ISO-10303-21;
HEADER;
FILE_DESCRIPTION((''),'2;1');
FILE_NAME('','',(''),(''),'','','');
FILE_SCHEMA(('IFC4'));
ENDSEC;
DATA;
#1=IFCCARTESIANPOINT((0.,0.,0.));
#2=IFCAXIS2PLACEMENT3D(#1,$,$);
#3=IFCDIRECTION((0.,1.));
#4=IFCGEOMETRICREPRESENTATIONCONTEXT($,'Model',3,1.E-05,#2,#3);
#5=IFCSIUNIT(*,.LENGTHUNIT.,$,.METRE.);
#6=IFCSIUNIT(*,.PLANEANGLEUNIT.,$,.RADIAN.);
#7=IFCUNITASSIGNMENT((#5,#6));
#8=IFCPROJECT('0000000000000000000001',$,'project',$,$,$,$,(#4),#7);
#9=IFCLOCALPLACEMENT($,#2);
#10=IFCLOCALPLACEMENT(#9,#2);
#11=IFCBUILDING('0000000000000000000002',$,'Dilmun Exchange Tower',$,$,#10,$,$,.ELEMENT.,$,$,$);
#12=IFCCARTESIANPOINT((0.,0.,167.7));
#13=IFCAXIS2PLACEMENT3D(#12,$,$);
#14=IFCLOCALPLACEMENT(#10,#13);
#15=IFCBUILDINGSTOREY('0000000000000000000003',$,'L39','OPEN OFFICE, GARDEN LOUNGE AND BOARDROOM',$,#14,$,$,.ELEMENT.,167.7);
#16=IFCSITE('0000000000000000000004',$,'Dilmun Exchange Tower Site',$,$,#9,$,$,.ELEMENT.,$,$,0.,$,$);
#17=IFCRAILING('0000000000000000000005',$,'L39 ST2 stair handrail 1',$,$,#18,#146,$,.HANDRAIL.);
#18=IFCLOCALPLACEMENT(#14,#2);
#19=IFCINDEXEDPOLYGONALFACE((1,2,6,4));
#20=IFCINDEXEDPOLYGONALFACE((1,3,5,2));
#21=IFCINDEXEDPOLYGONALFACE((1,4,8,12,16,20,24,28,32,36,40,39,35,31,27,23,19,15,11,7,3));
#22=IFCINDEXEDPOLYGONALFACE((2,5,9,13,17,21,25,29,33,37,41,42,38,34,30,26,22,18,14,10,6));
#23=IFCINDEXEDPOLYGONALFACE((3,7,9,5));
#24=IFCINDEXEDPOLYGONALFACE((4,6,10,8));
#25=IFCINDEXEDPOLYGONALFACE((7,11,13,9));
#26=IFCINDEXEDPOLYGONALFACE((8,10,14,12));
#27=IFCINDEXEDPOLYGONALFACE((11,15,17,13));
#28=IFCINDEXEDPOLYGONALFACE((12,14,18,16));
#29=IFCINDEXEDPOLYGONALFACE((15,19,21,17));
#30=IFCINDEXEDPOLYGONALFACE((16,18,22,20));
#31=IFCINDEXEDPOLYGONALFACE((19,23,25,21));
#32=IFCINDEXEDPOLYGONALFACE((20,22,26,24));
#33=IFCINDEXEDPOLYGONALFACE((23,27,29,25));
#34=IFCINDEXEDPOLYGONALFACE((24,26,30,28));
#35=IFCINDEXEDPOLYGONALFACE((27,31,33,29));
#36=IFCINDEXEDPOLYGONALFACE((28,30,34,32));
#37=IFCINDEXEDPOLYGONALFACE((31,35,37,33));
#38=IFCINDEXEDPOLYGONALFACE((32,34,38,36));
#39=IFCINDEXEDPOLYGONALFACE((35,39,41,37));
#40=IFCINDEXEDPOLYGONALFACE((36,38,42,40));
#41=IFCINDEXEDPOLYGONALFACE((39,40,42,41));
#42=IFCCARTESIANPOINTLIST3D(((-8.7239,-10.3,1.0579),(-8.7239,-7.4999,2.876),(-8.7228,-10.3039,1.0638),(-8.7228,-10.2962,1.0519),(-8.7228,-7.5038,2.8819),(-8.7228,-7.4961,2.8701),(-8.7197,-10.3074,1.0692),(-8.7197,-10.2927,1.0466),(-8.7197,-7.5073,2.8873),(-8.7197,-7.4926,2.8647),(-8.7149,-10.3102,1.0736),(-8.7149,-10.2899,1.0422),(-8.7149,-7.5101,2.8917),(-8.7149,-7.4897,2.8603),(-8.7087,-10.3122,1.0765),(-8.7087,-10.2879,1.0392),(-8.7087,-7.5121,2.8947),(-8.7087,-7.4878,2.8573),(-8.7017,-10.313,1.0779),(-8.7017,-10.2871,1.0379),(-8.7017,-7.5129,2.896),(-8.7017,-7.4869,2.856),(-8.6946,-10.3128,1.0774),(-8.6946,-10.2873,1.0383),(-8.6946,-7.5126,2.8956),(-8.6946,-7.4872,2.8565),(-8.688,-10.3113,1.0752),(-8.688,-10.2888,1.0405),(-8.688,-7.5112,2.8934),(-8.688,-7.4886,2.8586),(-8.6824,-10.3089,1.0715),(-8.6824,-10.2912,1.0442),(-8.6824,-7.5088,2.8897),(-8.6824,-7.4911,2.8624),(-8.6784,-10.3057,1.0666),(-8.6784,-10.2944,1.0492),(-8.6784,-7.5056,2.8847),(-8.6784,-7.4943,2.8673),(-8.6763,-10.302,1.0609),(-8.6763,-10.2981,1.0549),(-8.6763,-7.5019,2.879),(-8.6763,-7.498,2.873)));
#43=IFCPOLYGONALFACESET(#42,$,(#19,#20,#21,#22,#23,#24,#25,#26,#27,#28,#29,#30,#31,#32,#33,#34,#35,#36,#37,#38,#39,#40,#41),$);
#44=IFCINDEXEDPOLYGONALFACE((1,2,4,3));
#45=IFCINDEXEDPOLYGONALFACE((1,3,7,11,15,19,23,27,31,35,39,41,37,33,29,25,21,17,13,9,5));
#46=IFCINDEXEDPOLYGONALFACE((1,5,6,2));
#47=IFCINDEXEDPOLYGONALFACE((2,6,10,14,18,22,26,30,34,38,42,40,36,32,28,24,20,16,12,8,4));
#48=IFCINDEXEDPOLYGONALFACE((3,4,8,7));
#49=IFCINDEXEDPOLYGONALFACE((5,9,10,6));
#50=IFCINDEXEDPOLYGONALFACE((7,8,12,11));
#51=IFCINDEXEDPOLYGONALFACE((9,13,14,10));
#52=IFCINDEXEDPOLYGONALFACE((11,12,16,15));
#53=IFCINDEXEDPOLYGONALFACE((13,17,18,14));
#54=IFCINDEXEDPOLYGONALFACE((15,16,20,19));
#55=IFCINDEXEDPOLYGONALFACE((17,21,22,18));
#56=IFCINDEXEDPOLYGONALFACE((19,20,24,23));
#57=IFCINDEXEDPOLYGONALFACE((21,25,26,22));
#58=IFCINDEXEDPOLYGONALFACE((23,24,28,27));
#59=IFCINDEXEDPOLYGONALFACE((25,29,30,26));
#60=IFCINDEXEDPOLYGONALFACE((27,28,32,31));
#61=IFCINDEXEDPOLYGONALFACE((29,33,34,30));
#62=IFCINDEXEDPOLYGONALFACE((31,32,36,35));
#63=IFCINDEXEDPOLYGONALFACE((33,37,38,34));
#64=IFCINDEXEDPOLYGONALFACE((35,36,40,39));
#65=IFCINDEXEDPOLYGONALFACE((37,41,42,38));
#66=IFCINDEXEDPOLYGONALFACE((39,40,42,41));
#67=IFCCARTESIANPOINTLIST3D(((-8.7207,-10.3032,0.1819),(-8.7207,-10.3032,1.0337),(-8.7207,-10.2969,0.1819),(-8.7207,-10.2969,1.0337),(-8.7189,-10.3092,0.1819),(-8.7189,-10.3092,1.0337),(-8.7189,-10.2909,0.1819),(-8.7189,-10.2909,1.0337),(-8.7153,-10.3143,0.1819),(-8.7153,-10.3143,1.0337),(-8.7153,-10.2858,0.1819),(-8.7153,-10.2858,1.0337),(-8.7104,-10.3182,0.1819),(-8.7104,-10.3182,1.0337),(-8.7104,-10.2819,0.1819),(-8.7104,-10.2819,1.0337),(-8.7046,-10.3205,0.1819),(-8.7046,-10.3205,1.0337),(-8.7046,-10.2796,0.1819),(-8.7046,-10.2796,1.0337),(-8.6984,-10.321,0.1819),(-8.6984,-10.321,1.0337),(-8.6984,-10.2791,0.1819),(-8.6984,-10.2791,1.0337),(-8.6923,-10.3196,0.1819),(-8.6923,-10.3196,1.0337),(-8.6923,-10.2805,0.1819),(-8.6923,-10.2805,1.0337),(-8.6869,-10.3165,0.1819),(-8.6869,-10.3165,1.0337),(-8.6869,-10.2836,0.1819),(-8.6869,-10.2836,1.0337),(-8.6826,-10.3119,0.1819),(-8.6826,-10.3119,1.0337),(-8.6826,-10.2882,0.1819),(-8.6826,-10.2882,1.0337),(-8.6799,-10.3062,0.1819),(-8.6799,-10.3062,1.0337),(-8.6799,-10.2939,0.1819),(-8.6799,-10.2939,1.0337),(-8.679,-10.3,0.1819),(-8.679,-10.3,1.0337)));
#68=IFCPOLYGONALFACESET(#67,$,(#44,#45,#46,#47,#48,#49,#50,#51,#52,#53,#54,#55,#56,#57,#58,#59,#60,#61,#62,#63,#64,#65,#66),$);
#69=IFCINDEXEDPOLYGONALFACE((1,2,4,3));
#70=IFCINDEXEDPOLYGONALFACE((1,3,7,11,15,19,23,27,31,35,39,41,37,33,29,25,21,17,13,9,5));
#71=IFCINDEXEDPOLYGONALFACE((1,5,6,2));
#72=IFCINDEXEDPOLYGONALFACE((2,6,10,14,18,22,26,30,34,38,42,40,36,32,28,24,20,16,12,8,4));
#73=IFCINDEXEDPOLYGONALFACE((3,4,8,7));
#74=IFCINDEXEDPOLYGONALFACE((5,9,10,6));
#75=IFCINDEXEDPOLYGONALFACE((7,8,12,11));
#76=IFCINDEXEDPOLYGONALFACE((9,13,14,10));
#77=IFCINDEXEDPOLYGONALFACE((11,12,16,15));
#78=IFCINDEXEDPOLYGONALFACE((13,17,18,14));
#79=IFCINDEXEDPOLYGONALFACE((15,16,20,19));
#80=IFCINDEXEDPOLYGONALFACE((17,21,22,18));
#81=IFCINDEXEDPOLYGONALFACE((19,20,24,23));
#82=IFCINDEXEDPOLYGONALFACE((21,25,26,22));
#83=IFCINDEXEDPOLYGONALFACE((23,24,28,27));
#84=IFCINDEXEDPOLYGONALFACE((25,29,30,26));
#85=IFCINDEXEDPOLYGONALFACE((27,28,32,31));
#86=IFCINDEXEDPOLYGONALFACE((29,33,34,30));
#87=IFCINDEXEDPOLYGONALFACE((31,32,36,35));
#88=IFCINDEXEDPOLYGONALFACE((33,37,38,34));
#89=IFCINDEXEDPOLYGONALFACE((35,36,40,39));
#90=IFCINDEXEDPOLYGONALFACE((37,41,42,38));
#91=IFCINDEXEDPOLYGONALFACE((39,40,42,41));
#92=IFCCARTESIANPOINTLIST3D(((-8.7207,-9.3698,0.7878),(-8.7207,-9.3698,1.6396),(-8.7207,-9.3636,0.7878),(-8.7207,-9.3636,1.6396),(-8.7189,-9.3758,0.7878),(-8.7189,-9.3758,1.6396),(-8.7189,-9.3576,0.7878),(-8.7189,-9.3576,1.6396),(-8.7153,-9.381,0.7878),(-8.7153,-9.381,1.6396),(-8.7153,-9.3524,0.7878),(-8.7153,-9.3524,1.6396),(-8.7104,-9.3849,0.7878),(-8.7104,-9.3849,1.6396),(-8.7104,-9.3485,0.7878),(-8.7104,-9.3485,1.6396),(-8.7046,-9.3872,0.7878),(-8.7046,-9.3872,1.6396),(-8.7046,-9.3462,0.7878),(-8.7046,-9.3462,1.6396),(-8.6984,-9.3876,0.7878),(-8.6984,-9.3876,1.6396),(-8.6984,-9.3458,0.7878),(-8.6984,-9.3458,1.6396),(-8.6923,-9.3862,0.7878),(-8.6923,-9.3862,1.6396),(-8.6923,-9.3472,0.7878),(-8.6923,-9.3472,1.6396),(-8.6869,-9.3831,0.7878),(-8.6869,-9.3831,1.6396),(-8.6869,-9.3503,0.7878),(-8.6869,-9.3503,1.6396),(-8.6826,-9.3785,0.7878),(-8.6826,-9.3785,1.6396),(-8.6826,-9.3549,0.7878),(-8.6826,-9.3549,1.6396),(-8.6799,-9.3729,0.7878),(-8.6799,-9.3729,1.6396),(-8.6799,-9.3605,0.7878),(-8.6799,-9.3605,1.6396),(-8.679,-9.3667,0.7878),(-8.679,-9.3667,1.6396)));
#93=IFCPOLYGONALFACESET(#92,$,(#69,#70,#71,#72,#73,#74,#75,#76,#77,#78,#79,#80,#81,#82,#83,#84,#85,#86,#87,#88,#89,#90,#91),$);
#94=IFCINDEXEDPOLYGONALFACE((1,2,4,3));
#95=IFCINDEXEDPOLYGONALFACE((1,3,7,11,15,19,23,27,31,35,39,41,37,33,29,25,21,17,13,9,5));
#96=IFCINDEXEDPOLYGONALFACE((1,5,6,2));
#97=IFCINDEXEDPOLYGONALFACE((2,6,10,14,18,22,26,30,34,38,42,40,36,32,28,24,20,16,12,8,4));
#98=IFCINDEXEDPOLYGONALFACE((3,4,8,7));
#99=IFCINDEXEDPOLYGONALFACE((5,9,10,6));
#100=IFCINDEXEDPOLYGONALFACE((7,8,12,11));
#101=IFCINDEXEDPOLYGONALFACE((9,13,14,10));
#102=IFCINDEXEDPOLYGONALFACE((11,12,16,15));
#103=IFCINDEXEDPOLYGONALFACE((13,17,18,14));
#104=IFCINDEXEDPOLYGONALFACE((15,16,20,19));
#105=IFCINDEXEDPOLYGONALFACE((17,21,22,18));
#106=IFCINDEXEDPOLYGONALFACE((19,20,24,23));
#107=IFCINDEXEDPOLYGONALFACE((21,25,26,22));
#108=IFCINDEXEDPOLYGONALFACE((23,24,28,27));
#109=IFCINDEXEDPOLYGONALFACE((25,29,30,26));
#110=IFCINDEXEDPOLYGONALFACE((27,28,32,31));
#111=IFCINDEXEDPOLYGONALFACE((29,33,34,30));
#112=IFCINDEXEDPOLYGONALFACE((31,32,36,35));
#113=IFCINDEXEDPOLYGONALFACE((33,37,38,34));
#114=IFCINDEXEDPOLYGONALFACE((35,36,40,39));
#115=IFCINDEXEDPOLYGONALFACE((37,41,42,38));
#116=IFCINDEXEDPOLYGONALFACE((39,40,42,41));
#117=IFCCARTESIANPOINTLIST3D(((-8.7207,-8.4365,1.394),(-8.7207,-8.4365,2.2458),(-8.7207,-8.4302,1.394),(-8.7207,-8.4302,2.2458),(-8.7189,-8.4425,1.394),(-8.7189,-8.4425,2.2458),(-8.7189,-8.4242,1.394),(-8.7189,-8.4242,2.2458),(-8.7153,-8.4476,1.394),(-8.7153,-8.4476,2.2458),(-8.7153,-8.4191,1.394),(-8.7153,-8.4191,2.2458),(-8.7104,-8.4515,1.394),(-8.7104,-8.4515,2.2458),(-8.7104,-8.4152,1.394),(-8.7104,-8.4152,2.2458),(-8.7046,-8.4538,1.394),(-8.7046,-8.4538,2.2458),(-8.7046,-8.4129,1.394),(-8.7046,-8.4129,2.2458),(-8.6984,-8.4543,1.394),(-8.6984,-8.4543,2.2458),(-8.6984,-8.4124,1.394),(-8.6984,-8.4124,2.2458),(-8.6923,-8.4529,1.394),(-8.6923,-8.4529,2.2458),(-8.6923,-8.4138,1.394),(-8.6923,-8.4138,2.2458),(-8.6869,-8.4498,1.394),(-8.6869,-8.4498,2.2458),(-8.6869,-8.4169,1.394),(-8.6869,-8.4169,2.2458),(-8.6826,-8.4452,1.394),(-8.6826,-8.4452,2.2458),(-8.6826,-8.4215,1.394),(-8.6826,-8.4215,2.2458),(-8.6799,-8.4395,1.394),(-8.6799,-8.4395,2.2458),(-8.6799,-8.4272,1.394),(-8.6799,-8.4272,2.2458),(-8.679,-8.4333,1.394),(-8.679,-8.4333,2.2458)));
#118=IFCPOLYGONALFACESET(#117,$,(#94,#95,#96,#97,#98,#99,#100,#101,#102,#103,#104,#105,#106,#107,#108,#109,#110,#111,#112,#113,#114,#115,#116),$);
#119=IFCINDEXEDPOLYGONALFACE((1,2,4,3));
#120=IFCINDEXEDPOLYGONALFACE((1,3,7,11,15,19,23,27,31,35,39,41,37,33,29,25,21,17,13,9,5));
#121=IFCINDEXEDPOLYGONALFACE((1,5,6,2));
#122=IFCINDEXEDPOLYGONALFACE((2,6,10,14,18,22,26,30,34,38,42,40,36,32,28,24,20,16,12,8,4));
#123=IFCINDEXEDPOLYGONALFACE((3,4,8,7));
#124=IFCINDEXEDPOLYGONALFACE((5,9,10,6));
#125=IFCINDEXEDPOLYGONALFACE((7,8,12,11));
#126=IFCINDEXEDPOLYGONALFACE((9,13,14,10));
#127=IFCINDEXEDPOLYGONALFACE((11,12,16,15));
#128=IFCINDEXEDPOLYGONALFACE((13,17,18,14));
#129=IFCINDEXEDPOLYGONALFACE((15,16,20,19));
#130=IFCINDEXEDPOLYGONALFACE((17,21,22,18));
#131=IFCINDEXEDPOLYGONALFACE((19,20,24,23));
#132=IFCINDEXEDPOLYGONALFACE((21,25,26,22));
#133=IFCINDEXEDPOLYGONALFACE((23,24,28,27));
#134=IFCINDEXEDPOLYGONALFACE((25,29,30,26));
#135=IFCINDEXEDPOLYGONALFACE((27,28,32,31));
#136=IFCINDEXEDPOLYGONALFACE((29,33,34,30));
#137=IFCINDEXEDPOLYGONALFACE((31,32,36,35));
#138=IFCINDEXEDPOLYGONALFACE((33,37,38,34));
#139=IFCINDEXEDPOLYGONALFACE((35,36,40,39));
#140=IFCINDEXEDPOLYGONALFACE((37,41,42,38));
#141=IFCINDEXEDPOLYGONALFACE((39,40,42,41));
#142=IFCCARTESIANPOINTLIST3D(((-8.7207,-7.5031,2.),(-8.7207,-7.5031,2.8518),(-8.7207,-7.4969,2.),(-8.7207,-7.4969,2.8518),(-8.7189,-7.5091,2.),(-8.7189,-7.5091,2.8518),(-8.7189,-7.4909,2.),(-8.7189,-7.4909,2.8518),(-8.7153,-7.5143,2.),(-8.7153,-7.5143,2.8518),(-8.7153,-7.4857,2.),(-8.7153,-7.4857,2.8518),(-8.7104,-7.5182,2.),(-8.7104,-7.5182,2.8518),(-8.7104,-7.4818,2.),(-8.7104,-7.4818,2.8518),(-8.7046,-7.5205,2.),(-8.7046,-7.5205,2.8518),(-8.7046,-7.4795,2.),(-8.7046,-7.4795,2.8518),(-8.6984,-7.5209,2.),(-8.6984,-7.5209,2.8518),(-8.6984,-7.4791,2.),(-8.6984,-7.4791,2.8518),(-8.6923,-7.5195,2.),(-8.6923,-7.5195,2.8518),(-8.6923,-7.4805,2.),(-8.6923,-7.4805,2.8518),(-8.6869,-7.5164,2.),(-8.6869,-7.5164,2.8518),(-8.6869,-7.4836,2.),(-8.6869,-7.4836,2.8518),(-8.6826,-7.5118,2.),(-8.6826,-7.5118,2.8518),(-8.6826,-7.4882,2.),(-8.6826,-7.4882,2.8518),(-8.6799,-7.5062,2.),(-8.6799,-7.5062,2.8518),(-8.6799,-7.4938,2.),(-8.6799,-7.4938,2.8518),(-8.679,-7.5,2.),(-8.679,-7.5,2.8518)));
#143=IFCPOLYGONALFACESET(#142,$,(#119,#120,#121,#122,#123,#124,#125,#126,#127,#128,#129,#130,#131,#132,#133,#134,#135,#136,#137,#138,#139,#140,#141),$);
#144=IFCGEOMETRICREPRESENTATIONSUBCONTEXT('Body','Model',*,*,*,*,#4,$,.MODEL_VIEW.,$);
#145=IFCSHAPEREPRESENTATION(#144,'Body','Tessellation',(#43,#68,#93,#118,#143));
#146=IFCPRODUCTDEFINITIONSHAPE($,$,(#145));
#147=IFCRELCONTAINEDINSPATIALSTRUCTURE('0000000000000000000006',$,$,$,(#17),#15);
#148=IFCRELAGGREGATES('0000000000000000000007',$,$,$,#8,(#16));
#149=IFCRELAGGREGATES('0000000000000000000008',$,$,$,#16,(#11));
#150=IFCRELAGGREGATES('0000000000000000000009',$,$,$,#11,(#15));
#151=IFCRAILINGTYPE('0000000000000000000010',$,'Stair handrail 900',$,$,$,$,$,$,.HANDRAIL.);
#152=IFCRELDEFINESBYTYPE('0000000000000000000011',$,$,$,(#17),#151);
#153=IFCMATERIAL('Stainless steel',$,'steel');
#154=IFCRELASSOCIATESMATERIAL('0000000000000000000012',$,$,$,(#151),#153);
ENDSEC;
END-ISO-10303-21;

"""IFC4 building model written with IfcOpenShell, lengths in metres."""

from ifc_helpers import new_model, si_unit, direction, frame, origin, origin_2d, place, context, subcontext, project, spatial, circle, extrude, material, type_object, element, save


model = new_model("IFC4")

# Units and contexts
model_context = context("Model", 3, precision=1e-05, world=origin(), true_north=direction((0.0, 1.0)))
body_context = subcontext(model_context, "Body", "Model", "MODEL_VIEW")
ifc_project = project(units=[si_unit("LENGTHUNIT", "METRE"), si_unit("PLANEANGLEUNIT", "RADIAN")], contexts=[model_context])

# Site, building, storey
site_placement = place(None, origin())
site = spatial("IfcSite", under=ifc_project, at=site_placement, Name="Dilmun Exchange Tower Site", CompositionType="ELEMENT", RefElevation=0.0)
building_placement = place(site_placement, origin())
building = spatial("IfcBuilding", under=site, at=building_placement, Name="Dilmun Exchange Tower", CompositionType="ELEMENT")
storey_placement = place(building_placement, frame((0.0, 0.0, 167.7)))
storey = spatial("IfcBuildingStorey", under=building, at=storey_placement, Name="L39", Description="OPEN OFFICE, GARDEN LOUNGE AND BOARDROOM", CompositionType="ELEMENT", Elevation=167.7)

# Railing
ifc_material_1 = material(Name="Stainless steel", Category="steel")
railing_type = type_object("IfcRailingType", Name="Stair handrail 900", PredefinedType="HANDRAIL", material=ifc_material_1)
railing_placement = place(storey_placement, frame((-8.7, -10.3, 0.1819)))
element("IfcRailing", 1, at=railing_placement, inside=storey, type_object=railing_type, Name="L39 ST2 stair handrail 1", PredefinedType="HANDRAIL", context=body_context, shape_type="SweptSolid", body=[
    extrude(circle(Radius=0.0239, at=origin_2d()), frame((0.0, 0.0, 0.876), z_axis=(0.0, 0.838706, 0.544585), x_axis=(-1.0, 0.0, 0.0)), (0.0, 0.0, 1.0), 3.3386),
    extrude(circle(Radius=0.021, at=origin_2d()), origin(), (0.0, 0.0, 1.0), 0.8518),
    extrude(circle(Radius=0.021, at=origin_2d()), frame((0.0, 0.9333, 0.606)), (0.0, 0.0, 1.0), 0.8518),
    extrude(circle(Radius=0.021, at=origin_2d()), frame((0.0, 1.8667, 1.2122)), (0.0, 0.0, 1.0), 0.8518),
    extrude(circle(Radius=0.021, at=origin_2d()), frame((0.0, 2.8, 1.8181)), (0.0, 0.0, 1.0), 0.8518),
])

save(model, "model.ifc")
